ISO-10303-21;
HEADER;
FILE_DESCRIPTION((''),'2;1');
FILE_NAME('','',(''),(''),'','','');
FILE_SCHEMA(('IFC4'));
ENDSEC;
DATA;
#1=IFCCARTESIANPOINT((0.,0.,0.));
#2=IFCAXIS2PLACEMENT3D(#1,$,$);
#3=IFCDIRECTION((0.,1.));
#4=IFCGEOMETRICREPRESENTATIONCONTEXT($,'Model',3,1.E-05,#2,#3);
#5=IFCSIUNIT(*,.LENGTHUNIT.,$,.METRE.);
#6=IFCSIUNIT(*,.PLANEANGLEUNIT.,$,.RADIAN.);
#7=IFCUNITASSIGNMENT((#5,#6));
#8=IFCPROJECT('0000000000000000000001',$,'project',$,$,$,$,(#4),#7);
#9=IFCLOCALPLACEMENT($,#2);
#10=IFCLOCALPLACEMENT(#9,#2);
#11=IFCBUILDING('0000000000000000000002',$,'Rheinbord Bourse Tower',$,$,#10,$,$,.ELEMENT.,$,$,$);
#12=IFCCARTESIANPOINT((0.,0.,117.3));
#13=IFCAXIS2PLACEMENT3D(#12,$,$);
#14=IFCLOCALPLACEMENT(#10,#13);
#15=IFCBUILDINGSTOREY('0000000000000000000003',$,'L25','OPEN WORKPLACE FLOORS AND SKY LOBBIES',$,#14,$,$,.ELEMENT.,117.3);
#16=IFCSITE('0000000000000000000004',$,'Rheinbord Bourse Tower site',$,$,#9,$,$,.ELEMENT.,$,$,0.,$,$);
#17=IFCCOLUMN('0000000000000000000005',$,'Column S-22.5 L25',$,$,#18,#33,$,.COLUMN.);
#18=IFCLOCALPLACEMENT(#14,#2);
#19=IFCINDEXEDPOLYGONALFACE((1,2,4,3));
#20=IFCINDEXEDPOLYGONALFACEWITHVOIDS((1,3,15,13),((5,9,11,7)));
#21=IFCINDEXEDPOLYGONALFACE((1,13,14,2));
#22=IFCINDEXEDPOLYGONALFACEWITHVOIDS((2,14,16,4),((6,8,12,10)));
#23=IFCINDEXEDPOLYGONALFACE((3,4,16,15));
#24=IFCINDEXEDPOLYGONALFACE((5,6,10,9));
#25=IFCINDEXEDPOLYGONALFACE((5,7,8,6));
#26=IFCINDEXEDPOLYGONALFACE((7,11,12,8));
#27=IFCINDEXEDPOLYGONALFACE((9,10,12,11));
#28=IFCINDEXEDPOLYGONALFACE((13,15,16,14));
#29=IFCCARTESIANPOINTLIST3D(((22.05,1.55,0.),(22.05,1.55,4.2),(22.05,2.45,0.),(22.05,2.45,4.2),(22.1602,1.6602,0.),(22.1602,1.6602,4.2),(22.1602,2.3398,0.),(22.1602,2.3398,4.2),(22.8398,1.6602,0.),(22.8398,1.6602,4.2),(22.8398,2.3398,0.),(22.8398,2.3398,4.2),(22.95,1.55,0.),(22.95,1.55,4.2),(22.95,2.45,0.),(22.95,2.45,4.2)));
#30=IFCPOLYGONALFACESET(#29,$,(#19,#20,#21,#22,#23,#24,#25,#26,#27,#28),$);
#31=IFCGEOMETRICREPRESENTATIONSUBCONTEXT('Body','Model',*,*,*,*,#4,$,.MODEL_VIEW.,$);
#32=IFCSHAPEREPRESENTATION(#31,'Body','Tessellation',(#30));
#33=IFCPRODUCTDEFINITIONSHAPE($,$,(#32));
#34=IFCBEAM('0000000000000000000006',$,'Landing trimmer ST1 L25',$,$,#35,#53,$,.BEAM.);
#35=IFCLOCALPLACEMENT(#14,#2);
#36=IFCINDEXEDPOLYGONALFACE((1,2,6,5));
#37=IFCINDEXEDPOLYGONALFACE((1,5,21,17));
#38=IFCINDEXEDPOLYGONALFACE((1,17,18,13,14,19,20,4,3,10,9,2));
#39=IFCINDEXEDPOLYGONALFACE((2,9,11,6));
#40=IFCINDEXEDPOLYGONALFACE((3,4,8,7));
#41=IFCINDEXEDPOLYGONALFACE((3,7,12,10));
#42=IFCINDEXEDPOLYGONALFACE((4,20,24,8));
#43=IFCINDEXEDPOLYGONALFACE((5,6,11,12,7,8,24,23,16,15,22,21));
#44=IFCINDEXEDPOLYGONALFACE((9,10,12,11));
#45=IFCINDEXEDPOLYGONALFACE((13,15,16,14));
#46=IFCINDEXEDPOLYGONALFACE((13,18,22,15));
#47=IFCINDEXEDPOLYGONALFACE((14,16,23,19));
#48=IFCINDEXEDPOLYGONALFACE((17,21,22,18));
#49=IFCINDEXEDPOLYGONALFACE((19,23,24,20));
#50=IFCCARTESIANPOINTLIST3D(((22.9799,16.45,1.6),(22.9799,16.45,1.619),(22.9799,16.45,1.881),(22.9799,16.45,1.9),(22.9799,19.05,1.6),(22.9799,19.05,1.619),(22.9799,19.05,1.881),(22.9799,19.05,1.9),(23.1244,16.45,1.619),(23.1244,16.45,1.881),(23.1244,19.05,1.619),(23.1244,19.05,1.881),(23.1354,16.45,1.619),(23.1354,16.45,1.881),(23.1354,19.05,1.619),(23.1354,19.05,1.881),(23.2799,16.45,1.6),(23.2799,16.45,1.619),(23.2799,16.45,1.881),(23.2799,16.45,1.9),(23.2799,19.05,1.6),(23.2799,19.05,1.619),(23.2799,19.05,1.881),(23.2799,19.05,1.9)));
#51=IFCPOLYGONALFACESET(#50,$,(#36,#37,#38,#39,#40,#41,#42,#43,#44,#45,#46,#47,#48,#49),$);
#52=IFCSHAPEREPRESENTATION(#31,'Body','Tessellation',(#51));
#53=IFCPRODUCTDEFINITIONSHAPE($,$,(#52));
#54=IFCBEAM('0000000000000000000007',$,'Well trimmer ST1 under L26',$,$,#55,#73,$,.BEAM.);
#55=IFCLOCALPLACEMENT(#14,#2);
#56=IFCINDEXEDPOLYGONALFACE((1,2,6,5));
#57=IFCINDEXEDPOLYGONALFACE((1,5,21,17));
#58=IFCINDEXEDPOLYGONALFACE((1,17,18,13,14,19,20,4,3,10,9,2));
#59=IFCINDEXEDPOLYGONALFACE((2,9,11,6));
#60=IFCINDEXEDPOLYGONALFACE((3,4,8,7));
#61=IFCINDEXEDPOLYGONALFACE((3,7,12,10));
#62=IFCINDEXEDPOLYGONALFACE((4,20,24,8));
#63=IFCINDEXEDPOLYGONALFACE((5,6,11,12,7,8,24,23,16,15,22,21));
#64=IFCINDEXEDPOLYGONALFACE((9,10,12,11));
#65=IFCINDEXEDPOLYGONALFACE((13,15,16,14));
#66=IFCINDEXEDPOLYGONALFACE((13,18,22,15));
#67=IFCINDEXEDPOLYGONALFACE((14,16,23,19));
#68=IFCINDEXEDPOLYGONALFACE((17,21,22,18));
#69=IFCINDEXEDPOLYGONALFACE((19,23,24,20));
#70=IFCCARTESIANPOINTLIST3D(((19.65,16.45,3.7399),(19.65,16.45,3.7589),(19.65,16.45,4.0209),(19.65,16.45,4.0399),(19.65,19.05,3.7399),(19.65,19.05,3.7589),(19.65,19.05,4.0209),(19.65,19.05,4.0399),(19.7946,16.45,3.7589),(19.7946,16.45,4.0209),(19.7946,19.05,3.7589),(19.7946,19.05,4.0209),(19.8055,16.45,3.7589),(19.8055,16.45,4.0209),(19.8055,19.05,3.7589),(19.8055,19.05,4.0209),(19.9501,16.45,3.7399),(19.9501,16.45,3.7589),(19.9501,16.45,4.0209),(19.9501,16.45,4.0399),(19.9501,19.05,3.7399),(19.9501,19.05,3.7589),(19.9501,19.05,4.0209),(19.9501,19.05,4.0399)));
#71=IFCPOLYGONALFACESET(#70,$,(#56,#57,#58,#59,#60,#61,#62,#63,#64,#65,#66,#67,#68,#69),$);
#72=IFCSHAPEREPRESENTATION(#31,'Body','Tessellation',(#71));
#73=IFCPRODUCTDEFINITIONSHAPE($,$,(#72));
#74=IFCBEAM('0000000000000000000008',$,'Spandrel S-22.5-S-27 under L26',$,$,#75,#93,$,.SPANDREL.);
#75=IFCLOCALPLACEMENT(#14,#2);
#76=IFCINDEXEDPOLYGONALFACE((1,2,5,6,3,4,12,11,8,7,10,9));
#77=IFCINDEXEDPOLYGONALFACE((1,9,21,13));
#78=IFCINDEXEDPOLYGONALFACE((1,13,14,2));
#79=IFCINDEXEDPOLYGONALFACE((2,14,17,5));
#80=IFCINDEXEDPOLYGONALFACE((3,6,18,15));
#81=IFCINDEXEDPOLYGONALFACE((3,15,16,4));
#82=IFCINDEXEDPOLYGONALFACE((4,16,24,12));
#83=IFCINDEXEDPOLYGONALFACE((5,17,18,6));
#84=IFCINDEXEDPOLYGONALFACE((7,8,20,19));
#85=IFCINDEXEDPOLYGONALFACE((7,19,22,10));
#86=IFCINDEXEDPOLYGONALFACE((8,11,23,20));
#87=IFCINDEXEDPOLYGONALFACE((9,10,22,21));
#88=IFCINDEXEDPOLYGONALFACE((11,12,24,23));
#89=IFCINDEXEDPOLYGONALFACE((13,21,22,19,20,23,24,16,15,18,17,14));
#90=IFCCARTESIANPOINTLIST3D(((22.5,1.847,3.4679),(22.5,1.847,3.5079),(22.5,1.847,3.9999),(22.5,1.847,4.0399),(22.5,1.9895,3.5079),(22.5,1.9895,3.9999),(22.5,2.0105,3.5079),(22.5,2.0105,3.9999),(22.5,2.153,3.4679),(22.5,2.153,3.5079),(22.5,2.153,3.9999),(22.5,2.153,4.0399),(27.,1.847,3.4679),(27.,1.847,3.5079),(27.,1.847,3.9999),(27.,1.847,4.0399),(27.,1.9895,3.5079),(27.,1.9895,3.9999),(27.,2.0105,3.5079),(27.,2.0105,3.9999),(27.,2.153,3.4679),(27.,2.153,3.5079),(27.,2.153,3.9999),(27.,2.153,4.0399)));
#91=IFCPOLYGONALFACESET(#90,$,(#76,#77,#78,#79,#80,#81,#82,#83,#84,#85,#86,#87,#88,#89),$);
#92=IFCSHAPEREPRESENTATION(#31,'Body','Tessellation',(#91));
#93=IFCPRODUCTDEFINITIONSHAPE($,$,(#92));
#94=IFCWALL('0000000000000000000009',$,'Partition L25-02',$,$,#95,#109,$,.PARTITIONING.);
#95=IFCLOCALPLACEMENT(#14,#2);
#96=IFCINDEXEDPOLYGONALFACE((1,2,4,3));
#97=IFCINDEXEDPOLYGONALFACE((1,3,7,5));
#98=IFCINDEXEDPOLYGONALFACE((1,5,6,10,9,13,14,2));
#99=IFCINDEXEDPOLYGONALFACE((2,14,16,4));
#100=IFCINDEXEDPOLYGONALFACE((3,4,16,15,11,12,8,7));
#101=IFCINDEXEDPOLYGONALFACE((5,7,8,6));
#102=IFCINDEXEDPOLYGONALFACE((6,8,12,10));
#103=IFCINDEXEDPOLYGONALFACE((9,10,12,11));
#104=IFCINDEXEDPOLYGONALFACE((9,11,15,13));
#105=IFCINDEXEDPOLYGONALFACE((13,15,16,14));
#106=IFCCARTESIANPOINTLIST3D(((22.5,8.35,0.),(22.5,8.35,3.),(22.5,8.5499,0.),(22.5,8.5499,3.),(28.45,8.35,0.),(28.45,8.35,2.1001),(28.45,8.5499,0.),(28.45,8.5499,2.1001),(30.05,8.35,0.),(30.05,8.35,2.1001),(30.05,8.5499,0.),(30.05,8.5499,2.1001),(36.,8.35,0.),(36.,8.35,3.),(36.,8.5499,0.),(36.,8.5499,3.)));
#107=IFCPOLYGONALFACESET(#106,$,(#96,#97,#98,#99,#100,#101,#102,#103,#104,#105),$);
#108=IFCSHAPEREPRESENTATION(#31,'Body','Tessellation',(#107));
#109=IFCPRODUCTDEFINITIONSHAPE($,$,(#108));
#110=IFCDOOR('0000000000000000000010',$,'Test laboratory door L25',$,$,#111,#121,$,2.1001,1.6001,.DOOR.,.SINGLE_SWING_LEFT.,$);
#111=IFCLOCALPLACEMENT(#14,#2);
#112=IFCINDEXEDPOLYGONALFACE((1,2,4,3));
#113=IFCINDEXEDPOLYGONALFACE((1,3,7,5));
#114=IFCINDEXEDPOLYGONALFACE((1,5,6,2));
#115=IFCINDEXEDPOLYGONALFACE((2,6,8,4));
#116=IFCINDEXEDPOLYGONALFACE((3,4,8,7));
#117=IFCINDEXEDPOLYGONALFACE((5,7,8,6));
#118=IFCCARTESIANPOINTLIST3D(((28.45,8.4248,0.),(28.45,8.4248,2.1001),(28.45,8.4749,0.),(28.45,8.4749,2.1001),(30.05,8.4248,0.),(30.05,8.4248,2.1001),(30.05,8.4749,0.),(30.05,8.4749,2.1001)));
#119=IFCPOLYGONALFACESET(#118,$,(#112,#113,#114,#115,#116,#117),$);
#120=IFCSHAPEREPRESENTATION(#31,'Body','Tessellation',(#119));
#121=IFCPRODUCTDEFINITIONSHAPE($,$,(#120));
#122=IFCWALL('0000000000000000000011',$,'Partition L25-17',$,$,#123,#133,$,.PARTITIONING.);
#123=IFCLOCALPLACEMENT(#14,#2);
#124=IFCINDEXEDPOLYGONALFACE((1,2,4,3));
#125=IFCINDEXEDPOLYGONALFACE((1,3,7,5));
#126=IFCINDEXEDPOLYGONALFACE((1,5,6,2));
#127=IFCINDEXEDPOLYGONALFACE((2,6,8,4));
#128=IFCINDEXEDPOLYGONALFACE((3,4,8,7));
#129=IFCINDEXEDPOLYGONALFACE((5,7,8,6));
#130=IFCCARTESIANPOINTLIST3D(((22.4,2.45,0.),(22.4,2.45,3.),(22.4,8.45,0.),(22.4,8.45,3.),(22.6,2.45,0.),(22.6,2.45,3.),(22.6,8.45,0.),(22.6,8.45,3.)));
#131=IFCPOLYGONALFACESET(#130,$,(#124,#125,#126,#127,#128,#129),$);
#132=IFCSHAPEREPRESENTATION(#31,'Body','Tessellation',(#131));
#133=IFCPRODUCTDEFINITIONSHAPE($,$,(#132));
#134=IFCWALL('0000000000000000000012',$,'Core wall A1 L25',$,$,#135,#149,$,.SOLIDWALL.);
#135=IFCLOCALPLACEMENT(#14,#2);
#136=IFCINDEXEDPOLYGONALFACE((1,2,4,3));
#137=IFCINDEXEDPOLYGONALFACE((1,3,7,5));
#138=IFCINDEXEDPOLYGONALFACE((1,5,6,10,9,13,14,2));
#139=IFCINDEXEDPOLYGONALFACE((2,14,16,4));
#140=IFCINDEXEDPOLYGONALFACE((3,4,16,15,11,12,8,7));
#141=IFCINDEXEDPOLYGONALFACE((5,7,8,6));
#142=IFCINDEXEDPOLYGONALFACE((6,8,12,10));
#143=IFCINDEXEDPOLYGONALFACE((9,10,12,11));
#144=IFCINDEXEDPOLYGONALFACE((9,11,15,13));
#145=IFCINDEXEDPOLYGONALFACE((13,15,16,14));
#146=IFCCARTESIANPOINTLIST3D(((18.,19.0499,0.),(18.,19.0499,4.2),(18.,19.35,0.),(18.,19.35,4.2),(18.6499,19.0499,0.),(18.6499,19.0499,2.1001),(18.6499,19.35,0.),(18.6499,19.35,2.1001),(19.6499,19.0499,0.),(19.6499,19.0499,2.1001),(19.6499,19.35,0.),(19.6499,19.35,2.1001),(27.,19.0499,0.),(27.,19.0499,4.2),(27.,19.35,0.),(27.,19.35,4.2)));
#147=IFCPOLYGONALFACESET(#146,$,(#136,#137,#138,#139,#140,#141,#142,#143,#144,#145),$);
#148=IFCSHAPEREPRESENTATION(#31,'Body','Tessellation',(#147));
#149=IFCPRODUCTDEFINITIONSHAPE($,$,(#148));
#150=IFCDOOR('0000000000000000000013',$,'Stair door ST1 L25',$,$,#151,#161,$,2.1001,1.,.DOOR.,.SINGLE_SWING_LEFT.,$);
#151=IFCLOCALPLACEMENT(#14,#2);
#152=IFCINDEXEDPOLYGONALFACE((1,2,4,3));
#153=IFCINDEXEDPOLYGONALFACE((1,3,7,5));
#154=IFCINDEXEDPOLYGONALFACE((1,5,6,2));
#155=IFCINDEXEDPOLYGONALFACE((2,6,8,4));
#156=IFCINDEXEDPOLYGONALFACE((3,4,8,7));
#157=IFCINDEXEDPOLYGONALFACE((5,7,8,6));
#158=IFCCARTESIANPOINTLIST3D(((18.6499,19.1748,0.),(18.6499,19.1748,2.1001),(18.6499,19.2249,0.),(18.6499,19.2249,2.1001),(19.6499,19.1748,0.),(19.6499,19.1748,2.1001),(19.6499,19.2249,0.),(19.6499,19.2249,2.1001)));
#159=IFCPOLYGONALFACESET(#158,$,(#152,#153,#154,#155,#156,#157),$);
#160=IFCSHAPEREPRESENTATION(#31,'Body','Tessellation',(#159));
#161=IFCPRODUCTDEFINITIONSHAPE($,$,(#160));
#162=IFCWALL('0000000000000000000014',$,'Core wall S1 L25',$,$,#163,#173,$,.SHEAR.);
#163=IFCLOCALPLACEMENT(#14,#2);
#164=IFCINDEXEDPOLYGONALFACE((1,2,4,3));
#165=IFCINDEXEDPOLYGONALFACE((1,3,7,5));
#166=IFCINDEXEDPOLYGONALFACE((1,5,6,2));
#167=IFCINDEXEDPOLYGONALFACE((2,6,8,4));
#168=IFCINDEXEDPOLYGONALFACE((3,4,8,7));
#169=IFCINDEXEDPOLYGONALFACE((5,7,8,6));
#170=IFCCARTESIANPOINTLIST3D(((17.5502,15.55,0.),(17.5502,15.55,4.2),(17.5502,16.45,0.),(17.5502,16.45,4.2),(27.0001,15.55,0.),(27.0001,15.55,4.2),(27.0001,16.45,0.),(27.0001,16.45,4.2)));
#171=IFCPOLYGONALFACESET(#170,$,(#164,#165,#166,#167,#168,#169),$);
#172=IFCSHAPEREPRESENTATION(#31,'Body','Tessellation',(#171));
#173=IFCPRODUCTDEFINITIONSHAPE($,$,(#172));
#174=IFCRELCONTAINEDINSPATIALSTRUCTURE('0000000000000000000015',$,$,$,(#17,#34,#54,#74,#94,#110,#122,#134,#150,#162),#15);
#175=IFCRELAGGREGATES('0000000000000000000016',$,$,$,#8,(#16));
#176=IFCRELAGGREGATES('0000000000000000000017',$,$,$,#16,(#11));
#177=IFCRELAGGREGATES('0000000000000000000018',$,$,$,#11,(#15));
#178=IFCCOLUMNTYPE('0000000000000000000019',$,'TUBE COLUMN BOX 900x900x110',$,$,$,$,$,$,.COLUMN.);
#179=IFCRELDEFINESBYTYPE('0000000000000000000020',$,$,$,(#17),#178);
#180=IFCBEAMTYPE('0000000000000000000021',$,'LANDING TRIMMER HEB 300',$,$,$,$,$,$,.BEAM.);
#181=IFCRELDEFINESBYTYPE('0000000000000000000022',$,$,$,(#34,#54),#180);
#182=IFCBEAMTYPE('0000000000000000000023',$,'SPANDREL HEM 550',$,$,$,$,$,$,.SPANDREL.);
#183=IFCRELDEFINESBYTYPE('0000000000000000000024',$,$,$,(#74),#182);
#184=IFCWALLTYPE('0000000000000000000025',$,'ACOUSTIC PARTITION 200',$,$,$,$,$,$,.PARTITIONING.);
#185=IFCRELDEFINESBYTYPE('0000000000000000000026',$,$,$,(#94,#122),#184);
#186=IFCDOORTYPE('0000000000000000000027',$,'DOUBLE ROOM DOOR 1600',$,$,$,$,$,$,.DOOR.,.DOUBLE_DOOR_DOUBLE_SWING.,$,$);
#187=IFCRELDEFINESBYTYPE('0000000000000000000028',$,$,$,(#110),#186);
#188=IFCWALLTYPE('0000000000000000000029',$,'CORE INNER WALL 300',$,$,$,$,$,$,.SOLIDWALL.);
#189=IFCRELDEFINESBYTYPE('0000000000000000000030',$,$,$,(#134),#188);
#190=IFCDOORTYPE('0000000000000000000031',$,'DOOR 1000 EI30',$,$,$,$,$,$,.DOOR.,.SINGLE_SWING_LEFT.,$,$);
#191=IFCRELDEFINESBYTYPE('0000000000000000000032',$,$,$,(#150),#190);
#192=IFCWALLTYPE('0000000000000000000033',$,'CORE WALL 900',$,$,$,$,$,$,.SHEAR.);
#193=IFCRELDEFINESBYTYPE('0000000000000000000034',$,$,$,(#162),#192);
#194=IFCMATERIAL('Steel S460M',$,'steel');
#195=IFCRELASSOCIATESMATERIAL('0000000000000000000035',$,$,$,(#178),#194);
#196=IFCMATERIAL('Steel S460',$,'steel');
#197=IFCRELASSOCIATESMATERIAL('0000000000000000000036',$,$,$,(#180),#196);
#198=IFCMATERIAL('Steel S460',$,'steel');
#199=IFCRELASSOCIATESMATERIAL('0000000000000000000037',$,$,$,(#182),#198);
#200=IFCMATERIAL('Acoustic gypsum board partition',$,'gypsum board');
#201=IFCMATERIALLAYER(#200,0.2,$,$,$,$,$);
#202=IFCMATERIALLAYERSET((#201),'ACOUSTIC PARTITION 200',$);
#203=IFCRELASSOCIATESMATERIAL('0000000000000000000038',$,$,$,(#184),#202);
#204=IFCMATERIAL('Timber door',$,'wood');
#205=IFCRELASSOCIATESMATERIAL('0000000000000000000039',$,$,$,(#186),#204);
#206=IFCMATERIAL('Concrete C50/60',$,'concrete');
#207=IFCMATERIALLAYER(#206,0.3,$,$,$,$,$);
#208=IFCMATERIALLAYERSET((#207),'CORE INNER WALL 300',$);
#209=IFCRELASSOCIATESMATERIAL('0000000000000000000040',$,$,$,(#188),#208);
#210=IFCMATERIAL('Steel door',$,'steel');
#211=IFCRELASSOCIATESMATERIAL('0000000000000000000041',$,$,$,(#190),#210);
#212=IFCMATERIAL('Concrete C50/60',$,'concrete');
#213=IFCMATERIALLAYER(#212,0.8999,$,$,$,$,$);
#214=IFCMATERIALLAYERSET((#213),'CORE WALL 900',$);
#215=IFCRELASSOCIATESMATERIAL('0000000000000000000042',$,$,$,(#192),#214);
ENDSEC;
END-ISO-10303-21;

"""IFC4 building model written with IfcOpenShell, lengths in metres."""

from ifc_helpers import new_model, si_unit, direction, frame, frame_2d, origin, origin_2d, place, context, subcontext, project, spatial, rectangle, hollow_rectangle, i_section, extrude, material, layer, layer_set, material_profile, profile_set, type_object, element, fill, save


model = new_model("IFC4")

# Units and contexts
model_context = context("Model", 3, precision=1e-05, world=origin(), true_north=direction((0.0, 1.0)))
body_context = subcontext(model_context, "Body", "Model", "MODEL_VIEW")
ifc_project = project(units=[si_unit("LENGTHUNIT", "METRE"), si_unit("PLANEANGLEUNIT", "RADIAN")], contexts=[model_context])

# Site, building, storey
site_placement = place(None, origin())
site = spatial("IfcSite", under=ifc_project, at=site_placement, Name="Rheinbord Bourse Tower site", CompositionType="ELEMENT", RefElevation=0.0)
building_placement = place(site_placement, origin())
building = spatial("IfcBuilding", under=site, at=building_placement, Name="Rheinbord Bourse Tower", CompositionType="ELEMENT")
storey_placement = place(building_placement, frame((0.0, 0.0, 117.3)))
storey = spatial("IfcBuildingStorey", under=building, at=storey_placement, Name="L25", Description="OPEN WORKPLACE FLOORS AND SKY LOBBIES", CompositionType="ELEMENT", Elevation=117.3)

# Column
ifc_material_1 = material(Name="Steel S460M", Category="steel")
ifc_material_profile_1 = material_profile(ifc_material_1, hollow_rectangle(XDim=0.8999, YDim=0.8999, WallThickness=0.1101, at=origin_2d()), Name="BOX 900x900x110")
ifc_profile_set_1 = profile_set([ifc_material_profile_1], Name="Steel S460M")
column_type = type_object("IfcColumnType", Name="TUBE COLUMN BOX 900x900x110", PredefinedType="COLUMN", material=ifc_profile_set_1)
column_placement = place(storey_placement, frame((22.5, 2.0, 0.0), z_axis=(0.0, 0.0, 1.0), x_axis=(0.0, 1.0, 0.0)))
element("IfcColumn", 1, at=column_placement, inside=storey, type_object=column_type, Name="Column S-22.5 L25", PredefinedType="COLUMN", context=body_context, shape_type="SweptSolid", body=[
    extrude(hollow_rectangle(XDim=0.8999, YDim=0.8999, WallThickness=0.1101, at=origin_2d()), origin(), (0.0, 0.0, 1.0), 4.2),
])

# Beams
ifc_material_2 = material(Name="Steel S460", Category="steel")
ifc_material_profile_2 = material_profile(ifc_material_2, i_section(OverallWidth=0.3, OverallDepth=0.3, WebThickness=0.011, FlangeThickness=0.019, at=origin_2d()), Name="HEB 300")
ifc_profile_set_2 = profile_set([ifc_material_profile_2], Name="Steel S460")
beam_type_1 = type_object("IfcBeamType", Name="LANDING TRIMMER HEB 300", PredefinedType="BEAM", material=ifc_profile_set_2)
for number, where, z_axis, x_axis, name in (
    (2, (23.1299, 16.45, 1.75), (0.0, 1.0, 0.0), (-1.0, 0.0, 0.0), "Landing trimmer ST1 L25"),
    (3, (19.8, 16.45, 3.8899), (0.0, 1.0, 0.0), (-1.0, 0.0, 0.0), "Well trimmer ST1 under L26"),
):
    element("IfcBeam", number, at=place(storey_placement, frame(where, z_axis=z_axis, x_axis=x_axis)), inside=storey, type_object=beam_type_1, Name=name, PredefinedType="BEAM", context=body_context, shape_type="SweptSolid", body=[
        extrude(i_section(OverallWidth=0.3, OverallDepth=0.3, WebThickness=0.011, FlangeThickness=0.019, at=origin_2d()), origin(), (0.0, 0.0, 1.0), 2.6001),
    ])
ifc_material_3 = material(Name="Steel S460", Category="steel")
ifc_material_profile_3 = material_profile(ifc_material_3, i_section(OverallWidth=0.3059, OverallDepth=0.572, WebThickness=0.021, FlangeThickness=0.04, at=origin_2d()), Name="HEM 550")
ifc_profile_set_3 = profile_set([ifc_material_profile_3], Name="Steel S460")
beam_type_2 = type_object("IfcBeamType", Name="SPANDREL HEM 550", PredefinedType="SPANDREL", material=ifc_profile_set_3)
beam_placement = place(storey_placement, frame((22.5, 2.0, 3.7539), z_axis=(1.0, 0.0, 0.0), x_axis=(0.0, 1.0, 0.0)))
element("IfcBeam", 4, at=beam_placement, inside=storey, type_object=beam_type_2, Name="Spandrel S-22.5-S-27 under L26", PredefinedType="SPANDREL", context=body_context, shape_type="SweptSolid", body=[
    extrude(i_section(OverallWidth=0.3059, OverallDepth=0.572, WebThickness=0.021, FlangeThickness=0.04, at=origin_2d()), origin(), (0.0, 0.0, 1.0), 4.5),
])

# Wall, opening, door
ifc_material_4 = material(Name="Acoustic gypsum board partition", Category="gypsum board")
ifc_layer_1 = layer(ifc_material_4, 0.2)
ifc_layer_set_1 = layer_set([ifc_layer_1], Name="ACOUSTIC PARTITION 200")
wall_type_1 = type_object("IfcWallType", Name="ACOUSTIC PARTITION 200", PredefinedType="PARTITIONING", material=ifc_layer_set_1)
wall_1_placement = place(storey_placement, frame((22.5, 8.45, 0.0), z_axis=(0.0, 0.0, 1.0), x_axis=(1.0, 0.0, 0.0)))
wall_1 = element("IfcWall", 5, at=wall_1_placement, inside=storey, type_object=wall_type_1, Name="Partition L25-02", PredefinedType="PARTITIONING", context=body_context, shape_type="SweptSolid", body=[
    extrude(rectangle(XDim=13.5, YDim=0.2, at=frame_2d((6.75, 0.0))), origin(), (0.0, 0.0, 1.0), 3.0),
])
opening_1_placement = place(wall_1_placement, frame((5.95, 0.0, 0.0)))
opening_1 = element("IfcOpeningElement", 6, at=opening_1_placement, cuts=wall_1, PredefinedType="OPENING", context=body_context, shape_type="SweptSolid", body=[
    extrude(rectangle(XDim=1.6001, YDim=2.1001, at=frame_2d((0.8, 1.05))), frame((0.0, 0.1099, 0.0), z_axis=(0.0, -1.0, 0.0), x_axis=(1.0, 0.0, 0.0)), (0.0, 0.0, 1.0), 0.22),
])
ifc_material_5 = material(Name="Timber door", Category="wood")
door_type_1 = type_object("IfcDoorType", Name="DOUBLE ROOM DOOR 1600", OperationType="DOUBLE_DOOR_DOUBLE_SWING", PredefinedType="DOOR", material=ifc_material_5)
door_1_placement = place(opening_1_placement, origin())
door_1 = element("IfcDoor", 7, at=door_1_placement, inside=storey, type_object=door_type_1, Name="Test laboratory door L25", OperationType="SINGLE_SWING_LEFT", OverallHeight=2.1001, OverallWidth=1.6001, PredefinedType="DOOR", context=body_context, shape_type="SweptSolid", body=[
    extrude(rectangle(XDim=1.6001, YDim=2.1001, at=frame_2d((0.8, 1.05))), frame((0.0, 0.0249, 0.0), z_axis=(0.0, -1.0, 0.0), x_axis=(1.0, 0.0, 0.0)), (0.0, 0.0, 1.0), 0.05),
])
fill(opening_1, door_1)

# Wall
wall_2_placement = place(storey_placement, frame((22.5, 2.45, 0.0), z_axis=(0.0, 0.0, 1.0), x_axis=(0.0, 1.0, 0.0)))
element("IfcWall", 8, at=wall_2_placement, inside=storey, type_object=wall_type_1, Name="Partition L25-17", PredefinedType="PARTITIONING", context=body_context, shape_type="SweptSolid", body=[
    extrude(rectangle(XDim=6.0, YDim=0.2, at=frame_2d((3.0, 0.0))), origin(), (0.0, 0.0, 1.0), 3.0),
])

# Wall, opening, door
ifc_material_6 = material(Name="Concrete C50/60", Category="concrete")
ifc_layer_2 = layer(ifc_material_6, 0.3)
ifc_layer_set_2 = layer_set([ifc_layer_2], Name="CORE INNER WALL 300")
wall_type_2 = type_object("IfcWallType", Name="CORE INNER WALL 300", PredefinedType="SOLIDWALL", material=ifc_layer_set_2)
wall_3_placement = place(storey_placement, frame((18.0, 19.2, 0.0), z_axis=(0.0, 0.0, 1.0), x_axis=(1.0, 0.0, 0.0)))
wall_3 = element("IfcWall", 9, at=wall_3_placement, inside=storey, type_object=wall_type_2, Name="Core wall A1 L25", PredefinedType="SOLIDWALL", context=body_context, shape_type="SweptSolid", body=[
    extrude(rectangle(XDim=9.0, YDim=0.3, at=frame_2d((4.5, 0.0))), origin(), (0.0, 0.0, 1.0), 4.2),
])
opening_2_placement = place(wall_3_placement, frame((0.6499, 0.0, 0.0)))
opening_2 = element("IfcOpeningElement", 10, at=opening_2_placement, cuts=wall_3, PredefinedType="OPENING", context=body_context, shape_type="SweptSolid", body=[
    extrude(rectangle(XDim=1.0, YDim=2.1001, at=frame_2d((0.5, 1.05))), frame((0.0, 0.1599, 0.0), z_axis=(0.0, -1.0, 0.0), x_axis=(1.0, 0.0, 0.0)), (0.0, 0.0, 1.0), 0.3201),
])
ifc_material_7 = material(Name="Steel door", Category="steel")
door_type_2 = type_object("IfcDoorType", Name="DOOR 1000 EI30", OperationType="SINGLE_SWING_LEFT", PredefinedType="DOOR", material=ifc_material_7)
door_2_placement = place(opening_2_placement, origin())
door_2 = element("IfcDoor", 11, at=door_2_placement, inside=storey, type_object=door_type_2, Name="Stair door ST1 L25", OperationType="SINGLE_SWING_LEFT", OverallHeight=2.1001, OverallWidth=1.0, PredefinedType="DOOR", context=body_context, shape_type="SweptSolid", body=[
    extrude(rectangle(XDim=1.0, YDim=2.1001, at=frame_2d((0.5, 1.05))), frame((0.0, 0.0249, 0.0), z_axis=(0.0, -1.0, 0.0), x_axis=(1.0, 0.0, 0.0)), (0.0, 0.0, 1.0), 0.05),
])
fill(opening_2, door_2)

# Wall
ifc_material_8 = material(Name="Concrete C50/60", Category="concrete")
ifc_layer_3 = layer(ifc_material_8, 0.8999)
ifc_layer_set_3 = layer_set([ifc_layer_3], Name="CORE WALL 900")
wall_type_3 = type_object("IfcWallType", Name="CORE WALL 900", PredefinedType="SHEAR", material=ifc_layer_set_3)
wall_4_placement = place(storey_placement, frame((17.55, 16.0, 0.0), z_axis=(0.0, 0.0, 1.0), x_axis=(1.0, 0.0, 0.0)))
element("IfcWall", 12, at=wall_4_placement, inside=storey, type_object=wall_type_3, Name="Core wall S1 L25", PredefinedType="SHEAR", context=body_context, shape_type="SweptSolid", body=[
    extrude(rectangle(XDim=9.45, YDim=0.8999, at=frame_2d((4.7251, 0.0))), origin(), (0.0, 0.0, 1.0), 4.2),
])

save(model, "model.ifc")
